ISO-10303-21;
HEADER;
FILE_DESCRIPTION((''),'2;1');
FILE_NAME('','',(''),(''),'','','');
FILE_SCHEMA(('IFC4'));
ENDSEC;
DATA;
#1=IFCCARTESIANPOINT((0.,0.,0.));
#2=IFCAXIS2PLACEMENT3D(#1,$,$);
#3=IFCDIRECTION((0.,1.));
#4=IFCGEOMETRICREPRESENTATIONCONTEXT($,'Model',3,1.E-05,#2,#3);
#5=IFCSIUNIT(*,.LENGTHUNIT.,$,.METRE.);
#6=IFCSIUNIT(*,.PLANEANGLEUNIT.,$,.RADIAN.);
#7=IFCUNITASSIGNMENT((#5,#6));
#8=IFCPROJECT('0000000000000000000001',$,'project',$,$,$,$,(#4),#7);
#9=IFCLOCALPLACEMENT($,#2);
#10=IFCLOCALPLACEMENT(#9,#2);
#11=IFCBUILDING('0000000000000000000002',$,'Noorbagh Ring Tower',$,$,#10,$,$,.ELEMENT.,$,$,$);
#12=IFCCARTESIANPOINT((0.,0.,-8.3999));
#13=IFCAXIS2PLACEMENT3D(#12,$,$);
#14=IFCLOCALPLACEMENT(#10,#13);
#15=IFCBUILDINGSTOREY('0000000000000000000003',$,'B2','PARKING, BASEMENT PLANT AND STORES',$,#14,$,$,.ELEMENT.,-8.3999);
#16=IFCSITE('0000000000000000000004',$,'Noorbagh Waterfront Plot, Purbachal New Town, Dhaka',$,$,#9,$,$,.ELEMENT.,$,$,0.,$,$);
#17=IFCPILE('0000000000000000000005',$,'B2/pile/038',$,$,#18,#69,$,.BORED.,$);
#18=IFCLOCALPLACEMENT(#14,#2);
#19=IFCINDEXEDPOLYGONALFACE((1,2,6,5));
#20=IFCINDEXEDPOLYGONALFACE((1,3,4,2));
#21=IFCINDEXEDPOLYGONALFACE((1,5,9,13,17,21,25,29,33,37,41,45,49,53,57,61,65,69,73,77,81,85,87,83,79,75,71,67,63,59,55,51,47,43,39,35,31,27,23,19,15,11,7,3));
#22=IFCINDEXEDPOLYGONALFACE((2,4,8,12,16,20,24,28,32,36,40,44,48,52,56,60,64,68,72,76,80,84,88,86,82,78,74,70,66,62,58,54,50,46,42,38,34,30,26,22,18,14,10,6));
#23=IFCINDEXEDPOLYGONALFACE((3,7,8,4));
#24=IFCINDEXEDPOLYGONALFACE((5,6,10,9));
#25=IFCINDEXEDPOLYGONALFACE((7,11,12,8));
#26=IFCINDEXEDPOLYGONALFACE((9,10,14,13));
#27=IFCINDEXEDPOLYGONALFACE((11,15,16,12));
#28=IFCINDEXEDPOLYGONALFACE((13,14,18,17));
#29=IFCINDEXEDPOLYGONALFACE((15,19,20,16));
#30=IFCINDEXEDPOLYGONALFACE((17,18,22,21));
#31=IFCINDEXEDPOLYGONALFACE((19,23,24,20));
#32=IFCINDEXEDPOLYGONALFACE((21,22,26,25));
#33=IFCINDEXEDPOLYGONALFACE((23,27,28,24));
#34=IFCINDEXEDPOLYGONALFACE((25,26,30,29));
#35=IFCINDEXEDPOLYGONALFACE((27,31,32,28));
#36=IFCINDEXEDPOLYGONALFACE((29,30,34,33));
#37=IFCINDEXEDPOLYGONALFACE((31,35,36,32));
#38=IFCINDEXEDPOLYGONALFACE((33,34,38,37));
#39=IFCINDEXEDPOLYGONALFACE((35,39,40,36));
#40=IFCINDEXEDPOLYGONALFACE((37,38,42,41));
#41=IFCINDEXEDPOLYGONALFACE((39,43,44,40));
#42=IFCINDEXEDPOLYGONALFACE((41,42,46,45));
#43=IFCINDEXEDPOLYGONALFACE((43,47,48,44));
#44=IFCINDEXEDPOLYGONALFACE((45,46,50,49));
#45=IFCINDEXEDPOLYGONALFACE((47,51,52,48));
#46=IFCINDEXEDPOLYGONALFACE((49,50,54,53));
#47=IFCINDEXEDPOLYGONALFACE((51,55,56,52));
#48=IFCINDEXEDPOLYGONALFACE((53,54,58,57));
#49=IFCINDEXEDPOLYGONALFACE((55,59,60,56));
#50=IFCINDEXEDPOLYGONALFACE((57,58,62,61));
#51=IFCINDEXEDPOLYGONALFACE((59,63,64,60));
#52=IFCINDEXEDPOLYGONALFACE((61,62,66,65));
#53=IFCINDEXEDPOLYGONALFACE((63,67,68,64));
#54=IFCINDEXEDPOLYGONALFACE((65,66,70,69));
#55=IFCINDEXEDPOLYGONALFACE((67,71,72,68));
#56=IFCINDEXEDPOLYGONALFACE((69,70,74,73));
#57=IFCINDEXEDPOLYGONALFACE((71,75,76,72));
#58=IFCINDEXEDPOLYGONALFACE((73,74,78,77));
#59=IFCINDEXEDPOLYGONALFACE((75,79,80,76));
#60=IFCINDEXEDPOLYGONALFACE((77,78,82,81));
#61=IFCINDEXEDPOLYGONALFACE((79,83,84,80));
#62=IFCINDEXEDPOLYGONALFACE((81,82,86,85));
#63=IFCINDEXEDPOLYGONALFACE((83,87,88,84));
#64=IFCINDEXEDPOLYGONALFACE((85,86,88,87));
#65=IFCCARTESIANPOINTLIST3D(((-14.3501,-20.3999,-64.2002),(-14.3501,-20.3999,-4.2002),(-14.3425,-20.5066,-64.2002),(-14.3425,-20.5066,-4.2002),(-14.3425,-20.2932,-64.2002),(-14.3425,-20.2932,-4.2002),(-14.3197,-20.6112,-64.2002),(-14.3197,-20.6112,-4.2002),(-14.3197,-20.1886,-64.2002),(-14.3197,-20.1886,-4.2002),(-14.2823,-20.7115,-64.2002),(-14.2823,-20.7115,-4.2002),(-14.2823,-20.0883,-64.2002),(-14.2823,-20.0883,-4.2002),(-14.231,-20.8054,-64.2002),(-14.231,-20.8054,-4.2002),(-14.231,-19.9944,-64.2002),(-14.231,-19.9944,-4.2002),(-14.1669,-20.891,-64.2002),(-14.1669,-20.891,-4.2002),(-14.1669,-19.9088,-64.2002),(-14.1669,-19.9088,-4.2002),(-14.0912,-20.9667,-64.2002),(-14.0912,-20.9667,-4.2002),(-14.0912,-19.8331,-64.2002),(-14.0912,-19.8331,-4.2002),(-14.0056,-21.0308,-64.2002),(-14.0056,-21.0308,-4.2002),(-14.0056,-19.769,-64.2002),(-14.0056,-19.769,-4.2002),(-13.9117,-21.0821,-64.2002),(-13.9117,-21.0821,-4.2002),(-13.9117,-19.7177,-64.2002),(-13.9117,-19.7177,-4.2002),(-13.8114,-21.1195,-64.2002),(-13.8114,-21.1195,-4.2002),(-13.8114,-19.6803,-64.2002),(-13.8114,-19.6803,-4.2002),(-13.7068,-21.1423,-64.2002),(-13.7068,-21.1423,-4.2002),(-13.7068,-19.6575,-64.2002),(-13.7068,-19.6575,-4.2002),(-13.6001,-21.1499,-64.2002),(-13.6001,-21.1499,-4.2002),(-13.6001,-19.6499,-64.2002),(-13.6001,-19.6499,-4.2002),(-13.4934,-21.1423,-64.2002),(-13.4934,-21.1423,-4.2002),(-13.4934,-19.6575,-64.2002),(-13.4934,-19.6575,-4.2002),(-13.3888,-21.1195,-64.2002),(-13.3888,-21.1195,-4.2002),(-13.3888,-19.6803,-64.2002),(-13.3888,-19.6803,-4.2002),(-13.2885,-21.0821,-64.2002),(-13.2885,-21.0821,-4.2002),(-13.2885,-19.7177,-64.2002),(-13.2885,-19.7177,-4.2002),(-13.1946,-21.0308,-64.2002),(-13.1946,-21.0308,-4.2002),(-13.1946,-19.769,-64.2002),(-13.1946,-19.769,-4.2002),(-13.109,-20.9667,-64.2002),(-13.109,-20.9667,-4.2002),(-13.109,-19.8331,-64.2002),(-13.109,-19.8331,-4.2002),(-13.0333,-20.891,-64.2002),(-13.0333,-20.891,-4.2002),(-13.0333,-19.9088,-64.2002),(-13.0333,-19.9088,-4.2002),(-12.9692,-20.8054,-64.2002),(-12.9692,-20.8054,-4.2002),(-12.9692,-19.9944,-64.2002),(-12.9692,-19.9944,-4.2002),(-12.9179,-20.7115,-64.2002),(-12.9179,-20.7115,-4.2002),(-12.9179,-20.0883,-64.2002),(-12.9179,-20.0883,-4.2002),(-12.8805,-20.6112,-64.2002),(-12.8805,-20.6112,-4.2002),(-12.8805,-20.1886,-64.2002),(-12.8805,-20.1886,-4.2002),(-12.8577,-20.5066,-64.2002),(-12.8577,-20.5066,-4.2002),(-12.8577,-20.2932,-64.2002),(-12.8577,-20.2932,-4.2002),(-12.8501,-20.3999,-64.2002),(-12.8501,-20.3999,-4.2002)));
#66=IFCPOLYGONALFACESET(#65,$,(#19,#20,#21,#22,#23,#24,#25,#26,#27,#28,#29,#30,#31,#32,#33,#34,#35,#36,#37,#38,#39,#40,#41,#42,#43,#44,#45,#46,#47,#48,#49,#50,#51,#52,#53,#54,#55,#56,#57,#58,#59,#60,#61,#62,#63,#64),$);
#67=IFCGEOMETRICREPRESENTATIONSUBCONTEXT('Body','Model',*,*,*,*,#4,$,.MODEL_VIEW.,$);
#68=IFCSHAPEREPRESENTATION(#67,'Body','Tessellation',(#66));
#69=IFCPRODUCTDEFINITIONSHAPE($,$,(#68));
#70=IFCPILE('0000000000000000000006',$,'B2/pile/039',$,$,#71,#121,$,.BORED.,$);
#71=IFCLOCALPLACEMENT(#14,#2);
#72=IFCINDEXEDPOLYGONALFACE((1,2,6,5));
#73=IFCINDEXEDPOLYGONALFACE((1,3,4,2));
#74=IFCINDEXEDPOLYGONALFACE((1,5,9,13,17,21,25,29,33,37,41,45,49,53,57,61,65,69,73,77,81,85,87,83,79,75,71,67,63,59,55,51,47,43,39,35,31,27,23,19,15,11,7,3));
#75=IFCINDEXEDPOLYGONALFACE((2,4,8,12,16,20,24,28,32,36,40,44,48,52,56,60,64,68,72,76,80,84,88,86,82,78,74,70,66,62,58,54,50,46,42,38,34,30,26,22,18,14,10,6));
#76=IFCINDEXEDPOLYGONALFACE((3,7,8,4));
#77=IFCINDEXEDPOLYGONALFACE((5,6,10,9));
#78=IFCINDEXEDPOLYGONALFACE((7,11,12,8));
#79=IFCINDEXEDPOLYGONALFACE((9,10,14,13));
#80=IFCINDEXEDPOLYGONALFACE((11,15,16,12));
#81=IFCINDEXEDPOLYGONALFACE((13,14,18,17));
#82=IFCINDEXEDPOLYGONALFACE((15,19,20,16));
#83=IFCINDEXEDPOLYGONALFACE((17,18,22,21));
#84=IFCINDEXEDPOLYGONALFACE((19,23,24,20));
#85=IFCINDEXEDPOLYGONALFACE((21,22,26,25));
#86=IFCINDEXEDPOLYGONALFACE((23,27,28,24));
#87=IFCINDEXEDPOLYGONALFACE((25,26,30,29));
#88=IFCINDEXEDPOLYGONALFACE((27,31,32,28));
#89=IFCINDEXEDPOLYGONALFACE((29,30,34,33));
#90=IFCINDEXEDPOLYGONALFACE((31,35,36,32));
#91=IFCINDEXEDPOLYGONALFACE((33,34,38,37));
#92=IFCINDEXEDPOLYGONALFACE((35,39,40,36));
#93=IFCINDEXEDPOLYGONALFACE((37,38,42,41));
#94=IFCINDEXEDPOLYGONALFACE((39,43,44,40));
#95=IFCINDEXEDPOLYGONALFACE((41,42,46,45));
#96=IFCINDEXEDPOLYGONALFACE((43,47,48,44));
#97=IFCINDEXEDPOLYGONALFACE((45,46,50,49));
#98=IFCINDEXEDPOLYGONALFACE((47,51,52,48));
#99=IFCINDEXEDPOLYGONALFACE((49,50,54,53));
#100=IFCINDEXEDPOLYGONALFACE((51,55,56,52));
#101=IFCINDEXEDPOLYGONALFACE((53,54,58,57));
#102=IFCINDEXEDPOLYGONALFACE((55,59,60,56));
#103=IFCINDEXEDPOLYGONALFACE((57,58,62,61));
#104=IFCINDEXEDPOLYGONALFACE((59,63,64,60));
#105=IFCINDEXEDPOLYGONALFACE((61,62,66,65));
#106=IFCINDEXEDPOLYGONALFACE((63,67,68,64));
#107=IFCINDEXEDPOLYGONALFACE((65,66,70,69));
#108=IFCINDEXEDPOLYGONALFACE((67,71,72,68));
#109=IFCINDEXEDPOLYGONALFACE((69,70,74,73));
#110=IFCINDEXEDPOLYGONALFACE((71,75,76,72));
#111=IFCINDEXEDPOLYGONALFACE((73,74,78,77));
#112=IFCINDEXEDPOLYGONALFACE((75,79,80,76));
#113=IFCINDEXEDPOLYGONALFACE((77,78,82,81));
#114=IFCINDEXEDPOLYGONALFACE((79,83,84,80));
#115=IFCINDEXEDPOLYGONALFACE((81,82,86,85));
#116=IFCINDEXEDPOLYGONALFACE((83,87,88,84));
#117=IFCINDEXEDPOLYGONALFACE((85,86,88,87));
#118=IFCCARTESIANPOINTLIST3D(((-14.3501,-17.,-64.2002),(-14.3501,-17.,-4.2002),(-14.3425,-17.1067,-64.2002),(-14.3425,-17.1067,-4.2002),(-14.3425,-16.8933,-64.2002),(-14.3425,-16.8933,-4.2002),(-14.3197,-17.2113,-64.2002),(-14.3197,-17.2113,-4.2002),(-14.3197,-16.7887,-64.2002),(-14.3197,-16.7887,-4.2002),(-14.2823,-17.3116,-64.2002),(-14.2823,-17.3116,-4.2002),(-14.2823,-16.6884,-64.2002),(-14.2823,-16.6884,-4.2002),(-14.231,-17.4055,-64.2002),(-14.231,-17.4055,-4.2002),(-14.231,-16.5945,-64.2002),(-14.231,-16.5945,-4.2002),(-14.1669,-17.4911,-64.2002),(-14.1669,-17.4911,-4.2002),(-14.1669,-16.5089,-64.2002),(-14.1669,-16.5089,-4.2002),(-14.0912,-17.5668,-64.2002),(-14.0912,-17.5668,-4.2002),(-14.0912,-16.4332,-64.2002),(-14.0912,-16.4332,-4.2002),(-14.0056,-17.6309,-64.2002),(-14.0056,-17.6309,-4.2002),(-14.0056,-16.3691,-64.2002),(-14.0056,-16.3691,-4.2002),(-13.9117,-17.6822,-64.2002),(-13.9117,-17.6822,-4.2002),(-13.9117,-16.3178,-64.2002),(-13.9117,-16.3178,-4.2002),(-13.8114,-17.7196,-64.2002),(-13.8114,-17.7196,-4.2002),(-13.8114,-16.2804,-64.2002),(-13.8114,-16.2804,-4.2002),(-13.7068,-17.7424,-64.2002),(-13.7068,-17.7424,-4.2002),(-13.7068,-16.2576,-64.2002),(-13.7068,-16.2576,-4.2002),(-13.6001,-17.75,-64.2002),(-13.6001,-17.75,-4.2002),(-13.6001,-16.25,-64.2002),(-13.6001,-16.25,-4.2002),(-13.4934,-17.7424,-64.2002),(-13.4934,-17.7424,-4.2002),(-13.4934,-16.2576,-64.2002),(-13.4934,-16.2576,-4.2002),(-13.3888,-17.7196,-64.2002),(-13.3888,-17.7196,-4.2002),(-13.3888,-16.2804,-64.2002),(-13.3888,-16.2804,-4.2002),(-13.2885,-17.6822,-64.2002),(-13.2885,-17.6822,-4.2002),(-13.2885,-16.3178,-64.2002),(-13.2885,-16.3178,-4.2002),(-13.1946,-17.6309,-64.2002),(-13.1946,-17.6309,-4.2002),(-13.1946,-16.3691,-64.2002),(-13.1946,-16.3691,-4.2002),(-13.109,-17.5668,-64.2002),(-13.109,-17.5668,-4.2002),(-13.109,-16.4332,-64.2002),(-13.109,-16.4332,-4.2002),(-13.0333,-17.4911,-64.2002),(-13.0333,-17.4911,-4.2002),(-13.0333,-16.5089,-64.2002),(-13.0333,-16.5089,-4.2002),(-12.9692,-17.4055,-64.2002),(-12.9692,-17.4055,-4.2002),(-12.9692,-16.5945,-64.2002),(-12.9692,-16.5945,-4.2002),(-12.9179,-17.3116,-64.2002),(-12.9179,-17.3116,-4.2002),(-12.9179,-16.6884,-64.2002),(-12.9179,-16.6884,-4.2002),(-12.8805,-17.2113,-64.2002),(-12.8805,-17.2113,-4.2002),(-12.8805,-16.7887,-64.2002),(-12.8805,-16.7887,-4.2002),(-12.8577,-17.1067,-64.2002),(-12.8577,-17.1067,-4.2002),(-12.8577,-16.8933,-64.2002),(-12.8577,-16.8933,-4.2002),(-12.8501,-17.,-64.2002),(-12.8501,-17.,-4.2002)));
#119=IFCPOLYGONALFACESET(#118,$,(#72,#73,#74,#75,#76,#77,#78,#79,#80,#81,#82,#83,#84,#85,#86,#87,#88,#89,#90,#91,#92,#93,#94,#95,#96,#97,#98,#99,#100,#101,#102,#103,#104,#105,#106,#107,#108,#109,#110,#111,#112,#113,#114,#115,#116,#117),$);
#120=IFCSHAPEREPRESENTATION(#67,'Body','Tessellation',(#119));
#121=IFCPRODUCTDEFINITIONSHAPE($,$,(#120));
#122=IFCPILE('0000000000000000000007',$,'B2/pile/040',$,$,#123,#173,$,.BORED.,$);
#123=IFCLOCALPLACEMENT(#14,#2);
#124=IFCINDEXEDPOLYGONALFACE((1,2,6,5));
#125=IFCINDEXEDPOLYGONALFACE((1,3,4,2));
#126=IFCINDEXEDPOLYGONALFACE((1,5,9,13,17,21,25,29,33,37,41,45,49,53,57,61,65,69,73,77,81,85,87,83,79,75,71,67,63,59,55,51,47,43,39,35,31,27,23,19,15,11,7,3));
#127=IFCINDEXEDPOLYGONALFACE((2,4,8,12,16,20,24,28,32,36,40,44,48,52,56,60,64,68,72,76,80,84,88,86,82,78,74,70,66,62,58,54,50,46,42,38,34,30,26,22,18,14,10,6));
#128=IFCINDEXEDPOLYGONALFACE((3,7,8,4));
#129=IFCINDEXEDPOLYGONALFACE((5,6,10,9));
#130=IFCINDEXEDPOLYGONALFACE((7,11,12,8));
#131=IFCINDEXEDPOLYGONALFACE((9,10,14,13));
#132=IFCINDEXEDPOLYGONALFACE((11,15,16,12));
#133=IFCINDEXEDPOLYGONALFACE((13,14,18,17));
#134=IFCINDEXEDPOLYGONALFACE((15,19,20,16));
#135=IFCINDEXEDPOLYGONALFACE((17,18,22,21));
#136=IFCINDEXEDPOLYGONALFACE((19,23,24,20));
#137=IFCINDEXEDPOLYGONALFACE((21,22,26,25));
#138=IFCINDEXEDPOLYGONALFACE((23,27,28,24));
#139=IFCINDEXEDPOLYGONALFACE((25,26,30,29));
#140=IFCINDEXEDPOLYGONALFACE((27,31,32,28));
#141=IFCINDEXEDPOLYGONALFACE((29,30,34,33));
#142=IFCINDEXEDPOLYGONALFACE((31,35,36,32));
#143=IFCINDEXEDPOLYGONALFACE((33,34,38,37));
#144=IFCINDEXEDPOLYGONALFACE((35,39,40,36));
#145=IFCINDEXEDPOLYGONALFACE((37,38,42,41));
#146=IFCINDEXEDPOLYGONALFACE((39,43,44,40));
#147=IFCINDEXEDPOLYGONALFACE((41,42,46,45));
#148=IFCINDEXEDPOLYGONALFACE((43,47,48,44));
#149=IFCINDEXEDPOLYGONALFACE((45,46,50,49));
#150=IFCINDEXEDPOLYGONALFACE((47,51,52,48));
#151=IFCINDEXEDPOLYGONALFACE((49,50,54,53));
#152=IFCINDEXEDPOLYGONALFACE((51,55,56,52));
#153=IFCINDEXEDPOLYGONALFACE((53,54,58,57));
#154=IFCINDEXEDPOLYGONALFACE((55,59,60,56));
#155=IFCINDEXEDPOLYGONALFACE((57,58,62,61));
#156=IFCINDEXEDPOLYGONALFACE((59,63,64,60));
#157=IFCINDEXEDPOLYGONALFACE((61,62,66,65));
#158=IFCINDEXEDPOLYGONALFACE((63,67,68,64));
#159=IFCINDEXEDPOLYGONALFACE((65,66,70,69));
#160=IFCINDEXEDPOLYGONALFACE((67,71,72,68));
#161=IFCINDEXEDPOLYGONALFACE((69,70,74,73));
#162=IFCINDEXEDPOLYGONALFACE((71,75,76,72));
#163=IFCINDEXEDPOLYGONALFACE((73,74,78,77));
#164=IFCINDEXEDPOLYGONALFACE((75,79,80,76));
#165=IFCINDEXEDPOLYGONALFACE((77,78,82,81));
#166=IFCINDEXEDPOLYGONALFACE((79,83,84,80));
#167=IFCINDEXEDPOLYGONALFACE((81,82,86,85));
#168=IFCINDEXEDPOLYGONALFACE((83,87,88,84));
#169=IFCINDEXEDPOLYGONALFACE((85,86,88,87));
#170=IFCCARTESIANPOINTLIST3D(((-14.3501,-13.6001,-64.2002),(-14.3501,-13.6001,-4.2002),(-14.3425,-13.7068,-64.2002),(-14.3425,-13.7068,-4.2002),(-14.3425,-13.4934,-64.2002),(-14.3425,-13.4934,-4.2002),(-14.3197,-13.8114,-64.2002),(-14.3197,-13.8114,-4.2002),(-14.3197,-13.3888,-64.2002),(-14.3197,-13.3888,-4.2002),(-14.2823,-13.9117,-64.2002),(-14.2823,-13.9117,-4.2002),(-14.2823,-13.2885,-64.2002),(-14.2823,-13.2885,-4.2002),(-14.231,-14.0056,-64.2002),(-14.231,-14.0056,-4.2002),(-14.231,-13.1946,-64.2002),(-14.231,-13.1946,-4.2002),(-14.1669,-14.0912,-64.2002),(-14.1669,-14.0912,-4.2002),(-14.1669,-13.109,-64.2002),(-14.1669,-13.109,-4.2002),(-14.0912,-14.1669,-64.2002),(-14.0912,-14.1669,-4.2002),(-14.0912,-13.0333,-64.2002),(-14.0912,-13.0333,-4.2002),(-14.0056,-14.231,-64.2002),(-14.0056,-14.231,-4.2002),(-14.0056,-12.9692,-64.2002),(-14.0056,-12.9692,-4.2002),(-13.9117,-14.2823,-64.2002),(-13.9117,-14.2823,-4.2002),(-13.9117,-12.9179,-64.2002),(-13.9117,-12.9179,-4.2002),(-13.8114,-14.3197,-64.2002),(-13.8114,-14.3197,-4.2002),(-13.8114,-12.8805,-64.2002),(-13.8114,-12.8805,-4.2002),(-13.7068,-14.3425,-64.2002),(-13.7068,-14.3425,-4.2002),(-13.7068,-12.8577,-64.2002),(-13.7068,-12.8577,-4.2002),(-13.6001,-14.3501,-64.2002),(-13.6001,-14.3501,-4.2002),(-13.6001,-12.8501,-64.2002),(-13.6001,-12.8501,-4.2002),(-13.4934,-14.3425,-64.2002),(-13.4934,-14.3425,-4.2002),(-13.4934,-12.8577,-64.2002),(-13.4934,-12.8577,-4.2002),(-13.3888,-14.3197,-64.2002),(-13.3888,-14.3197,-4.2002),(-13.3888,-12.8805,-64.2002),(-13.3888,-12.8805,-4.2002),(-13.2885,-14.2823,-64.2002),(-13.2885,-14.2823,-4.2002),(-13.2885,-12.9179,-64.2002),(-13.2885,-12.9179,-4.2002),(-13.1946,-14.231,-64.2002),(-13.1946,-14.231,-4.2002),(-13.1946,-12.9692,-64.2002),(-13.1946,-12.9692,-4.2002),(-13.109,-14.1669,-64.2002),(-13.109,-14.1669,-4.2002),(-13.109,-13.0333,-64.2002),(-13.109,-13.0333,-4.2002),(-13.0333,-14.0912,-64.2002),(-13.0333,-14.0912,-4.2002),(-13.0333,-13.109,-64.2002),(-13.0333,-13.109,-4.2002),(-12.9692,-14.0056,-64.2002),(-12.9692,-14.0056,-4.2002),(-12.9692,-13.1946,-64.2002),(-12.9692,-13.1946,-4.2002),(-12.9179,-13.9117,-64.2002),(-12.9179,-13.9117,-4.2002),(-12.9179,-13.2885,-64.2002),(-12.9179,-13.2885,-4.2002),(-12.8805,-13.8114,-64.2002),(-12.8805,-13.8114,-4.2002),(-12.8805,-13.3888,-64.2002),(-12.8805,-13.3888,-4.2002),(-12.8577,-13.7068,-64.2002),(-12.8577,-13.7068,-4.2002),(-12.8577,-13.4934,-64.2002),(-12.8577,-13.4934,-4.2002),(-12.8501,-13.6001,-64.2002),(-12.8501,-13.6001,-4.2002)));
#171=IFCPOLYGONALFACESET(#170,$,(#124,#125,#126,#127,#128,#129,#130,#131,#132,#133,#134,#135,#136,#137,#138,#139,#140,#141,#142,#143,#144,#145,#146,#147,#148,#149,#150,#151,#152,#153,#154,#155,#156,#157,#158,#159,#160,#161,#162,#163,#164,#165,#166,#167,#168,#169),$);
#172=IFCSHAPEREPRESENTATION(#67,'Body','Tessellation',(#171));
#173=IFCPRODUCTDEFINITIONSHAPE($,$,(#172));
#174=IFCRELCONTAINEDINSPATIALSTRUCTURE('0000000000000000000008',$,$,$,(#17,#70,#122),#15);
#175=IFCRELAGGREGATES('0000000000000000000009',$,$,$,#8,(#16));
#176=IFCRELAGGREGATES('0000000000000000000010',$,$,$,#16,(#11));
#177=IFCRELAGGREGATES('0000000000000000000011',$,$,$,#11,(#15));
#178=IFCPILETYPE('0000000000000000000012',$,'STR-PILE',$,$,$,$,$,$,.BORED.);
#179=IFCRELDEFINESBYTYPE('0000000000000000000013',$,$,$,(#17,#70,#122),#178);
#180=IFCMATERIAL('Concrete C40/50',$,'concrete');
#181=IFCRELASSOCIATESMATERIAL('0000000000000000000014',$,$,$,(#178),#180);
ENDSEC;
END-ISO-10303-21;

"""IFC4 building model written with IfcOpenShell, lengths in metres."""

from ifc_helpers import new_model, si_unit, direction, frame, origin, origin_2d, place, context, subcontext, project, spatial, circle, extrude, material, material_profile, profile_set, type_object, element, save


model = new_model("IFC4")

# Units and contexts
model_context = context("Model", 3, precision=1e-05, world=origin(), true_north=direction((0.0, 1.0)))
body_context = subcontext(model_context, "Body", "Model", "MODEL_VIEW")
ifc_project = project(units=[si_unit("LENGTHUNIT", "METRE"), si_unit("PLANEANGLEUNIT", "RADIAN")], contexts=[model_context])

# Site, building, storey
site_placement = place(None, origin())
site = spatial("IfcSite", under=ifc_project, at=site_placement, Name="Noorbagh Waterfront Plot, Purbachal New Town, Dhaka", CompositionType="ELEMENT", RefElevation=0.0)
building_placement = place(site_placement, origin())
building = spatial("IfcBuilding", under=site, at=building_placement, Name="Noorbagh Ring Tower", CompositionType="ELEMENT")
storey_placement = place(building_placement, frame((0.0, 0.0, -8.3999)))
storey = spatial("IfcBuildingStorey", under=building, at=storey_placement, Name="B2", Description="PARKING, BASEMENT PLANT AND STORES", CompositionType="ELEMENT", Elevation=-8.3999)

# Piles
ifc_material_1 = material(Name="Concrete C40/50", Category="concrete")
ifc_material_profile = material_profile(ifc_material_1, circle(Radius=0.75, at=origin_2d()), Name="PILE1500")
ifc_profile_set = profile_set([ifc_material_profile], Name="Concrete C40/50")
pile_type = type_object("IfcPileType", Name="STR-PILE", PredefinedType="BORED", material=ifc_profile_set)
for number, where, z_axis, x_axis, name in (
    (1, (-13.6001, -20.3999, -4.2002), (0.0, 0.0, -1.0), (1.0, 0.0, 0.0), "B2/pile/038"),
    (2, (-13.6001, -17.0, -4.2002), (0.0, 0.0, -1.0), (1.0, 0.0, 0.0), "B2/pile/039"),
    (3, (-13.6001, -13.6001, -4.2002), (0.0, 0.0, -1.0), (1.0, 0.0, 0.0), "B2/pile/040"),
):
    element("IfcPile", number, at=place(storey_placement, frame(where, z_axis=z_axis, x_axis=x_axis)), inside=storey, type_object=pile_type, Name=name, PredefinedType="BORED", context=body_context, shape_type="SweptSolid", body=[
        extrude(circle(Radius=0.75, at=origin_2d()), origin(), (0.0, 0.0, 1.0), 60.0),
    ])

save(model, "model.ifc")
